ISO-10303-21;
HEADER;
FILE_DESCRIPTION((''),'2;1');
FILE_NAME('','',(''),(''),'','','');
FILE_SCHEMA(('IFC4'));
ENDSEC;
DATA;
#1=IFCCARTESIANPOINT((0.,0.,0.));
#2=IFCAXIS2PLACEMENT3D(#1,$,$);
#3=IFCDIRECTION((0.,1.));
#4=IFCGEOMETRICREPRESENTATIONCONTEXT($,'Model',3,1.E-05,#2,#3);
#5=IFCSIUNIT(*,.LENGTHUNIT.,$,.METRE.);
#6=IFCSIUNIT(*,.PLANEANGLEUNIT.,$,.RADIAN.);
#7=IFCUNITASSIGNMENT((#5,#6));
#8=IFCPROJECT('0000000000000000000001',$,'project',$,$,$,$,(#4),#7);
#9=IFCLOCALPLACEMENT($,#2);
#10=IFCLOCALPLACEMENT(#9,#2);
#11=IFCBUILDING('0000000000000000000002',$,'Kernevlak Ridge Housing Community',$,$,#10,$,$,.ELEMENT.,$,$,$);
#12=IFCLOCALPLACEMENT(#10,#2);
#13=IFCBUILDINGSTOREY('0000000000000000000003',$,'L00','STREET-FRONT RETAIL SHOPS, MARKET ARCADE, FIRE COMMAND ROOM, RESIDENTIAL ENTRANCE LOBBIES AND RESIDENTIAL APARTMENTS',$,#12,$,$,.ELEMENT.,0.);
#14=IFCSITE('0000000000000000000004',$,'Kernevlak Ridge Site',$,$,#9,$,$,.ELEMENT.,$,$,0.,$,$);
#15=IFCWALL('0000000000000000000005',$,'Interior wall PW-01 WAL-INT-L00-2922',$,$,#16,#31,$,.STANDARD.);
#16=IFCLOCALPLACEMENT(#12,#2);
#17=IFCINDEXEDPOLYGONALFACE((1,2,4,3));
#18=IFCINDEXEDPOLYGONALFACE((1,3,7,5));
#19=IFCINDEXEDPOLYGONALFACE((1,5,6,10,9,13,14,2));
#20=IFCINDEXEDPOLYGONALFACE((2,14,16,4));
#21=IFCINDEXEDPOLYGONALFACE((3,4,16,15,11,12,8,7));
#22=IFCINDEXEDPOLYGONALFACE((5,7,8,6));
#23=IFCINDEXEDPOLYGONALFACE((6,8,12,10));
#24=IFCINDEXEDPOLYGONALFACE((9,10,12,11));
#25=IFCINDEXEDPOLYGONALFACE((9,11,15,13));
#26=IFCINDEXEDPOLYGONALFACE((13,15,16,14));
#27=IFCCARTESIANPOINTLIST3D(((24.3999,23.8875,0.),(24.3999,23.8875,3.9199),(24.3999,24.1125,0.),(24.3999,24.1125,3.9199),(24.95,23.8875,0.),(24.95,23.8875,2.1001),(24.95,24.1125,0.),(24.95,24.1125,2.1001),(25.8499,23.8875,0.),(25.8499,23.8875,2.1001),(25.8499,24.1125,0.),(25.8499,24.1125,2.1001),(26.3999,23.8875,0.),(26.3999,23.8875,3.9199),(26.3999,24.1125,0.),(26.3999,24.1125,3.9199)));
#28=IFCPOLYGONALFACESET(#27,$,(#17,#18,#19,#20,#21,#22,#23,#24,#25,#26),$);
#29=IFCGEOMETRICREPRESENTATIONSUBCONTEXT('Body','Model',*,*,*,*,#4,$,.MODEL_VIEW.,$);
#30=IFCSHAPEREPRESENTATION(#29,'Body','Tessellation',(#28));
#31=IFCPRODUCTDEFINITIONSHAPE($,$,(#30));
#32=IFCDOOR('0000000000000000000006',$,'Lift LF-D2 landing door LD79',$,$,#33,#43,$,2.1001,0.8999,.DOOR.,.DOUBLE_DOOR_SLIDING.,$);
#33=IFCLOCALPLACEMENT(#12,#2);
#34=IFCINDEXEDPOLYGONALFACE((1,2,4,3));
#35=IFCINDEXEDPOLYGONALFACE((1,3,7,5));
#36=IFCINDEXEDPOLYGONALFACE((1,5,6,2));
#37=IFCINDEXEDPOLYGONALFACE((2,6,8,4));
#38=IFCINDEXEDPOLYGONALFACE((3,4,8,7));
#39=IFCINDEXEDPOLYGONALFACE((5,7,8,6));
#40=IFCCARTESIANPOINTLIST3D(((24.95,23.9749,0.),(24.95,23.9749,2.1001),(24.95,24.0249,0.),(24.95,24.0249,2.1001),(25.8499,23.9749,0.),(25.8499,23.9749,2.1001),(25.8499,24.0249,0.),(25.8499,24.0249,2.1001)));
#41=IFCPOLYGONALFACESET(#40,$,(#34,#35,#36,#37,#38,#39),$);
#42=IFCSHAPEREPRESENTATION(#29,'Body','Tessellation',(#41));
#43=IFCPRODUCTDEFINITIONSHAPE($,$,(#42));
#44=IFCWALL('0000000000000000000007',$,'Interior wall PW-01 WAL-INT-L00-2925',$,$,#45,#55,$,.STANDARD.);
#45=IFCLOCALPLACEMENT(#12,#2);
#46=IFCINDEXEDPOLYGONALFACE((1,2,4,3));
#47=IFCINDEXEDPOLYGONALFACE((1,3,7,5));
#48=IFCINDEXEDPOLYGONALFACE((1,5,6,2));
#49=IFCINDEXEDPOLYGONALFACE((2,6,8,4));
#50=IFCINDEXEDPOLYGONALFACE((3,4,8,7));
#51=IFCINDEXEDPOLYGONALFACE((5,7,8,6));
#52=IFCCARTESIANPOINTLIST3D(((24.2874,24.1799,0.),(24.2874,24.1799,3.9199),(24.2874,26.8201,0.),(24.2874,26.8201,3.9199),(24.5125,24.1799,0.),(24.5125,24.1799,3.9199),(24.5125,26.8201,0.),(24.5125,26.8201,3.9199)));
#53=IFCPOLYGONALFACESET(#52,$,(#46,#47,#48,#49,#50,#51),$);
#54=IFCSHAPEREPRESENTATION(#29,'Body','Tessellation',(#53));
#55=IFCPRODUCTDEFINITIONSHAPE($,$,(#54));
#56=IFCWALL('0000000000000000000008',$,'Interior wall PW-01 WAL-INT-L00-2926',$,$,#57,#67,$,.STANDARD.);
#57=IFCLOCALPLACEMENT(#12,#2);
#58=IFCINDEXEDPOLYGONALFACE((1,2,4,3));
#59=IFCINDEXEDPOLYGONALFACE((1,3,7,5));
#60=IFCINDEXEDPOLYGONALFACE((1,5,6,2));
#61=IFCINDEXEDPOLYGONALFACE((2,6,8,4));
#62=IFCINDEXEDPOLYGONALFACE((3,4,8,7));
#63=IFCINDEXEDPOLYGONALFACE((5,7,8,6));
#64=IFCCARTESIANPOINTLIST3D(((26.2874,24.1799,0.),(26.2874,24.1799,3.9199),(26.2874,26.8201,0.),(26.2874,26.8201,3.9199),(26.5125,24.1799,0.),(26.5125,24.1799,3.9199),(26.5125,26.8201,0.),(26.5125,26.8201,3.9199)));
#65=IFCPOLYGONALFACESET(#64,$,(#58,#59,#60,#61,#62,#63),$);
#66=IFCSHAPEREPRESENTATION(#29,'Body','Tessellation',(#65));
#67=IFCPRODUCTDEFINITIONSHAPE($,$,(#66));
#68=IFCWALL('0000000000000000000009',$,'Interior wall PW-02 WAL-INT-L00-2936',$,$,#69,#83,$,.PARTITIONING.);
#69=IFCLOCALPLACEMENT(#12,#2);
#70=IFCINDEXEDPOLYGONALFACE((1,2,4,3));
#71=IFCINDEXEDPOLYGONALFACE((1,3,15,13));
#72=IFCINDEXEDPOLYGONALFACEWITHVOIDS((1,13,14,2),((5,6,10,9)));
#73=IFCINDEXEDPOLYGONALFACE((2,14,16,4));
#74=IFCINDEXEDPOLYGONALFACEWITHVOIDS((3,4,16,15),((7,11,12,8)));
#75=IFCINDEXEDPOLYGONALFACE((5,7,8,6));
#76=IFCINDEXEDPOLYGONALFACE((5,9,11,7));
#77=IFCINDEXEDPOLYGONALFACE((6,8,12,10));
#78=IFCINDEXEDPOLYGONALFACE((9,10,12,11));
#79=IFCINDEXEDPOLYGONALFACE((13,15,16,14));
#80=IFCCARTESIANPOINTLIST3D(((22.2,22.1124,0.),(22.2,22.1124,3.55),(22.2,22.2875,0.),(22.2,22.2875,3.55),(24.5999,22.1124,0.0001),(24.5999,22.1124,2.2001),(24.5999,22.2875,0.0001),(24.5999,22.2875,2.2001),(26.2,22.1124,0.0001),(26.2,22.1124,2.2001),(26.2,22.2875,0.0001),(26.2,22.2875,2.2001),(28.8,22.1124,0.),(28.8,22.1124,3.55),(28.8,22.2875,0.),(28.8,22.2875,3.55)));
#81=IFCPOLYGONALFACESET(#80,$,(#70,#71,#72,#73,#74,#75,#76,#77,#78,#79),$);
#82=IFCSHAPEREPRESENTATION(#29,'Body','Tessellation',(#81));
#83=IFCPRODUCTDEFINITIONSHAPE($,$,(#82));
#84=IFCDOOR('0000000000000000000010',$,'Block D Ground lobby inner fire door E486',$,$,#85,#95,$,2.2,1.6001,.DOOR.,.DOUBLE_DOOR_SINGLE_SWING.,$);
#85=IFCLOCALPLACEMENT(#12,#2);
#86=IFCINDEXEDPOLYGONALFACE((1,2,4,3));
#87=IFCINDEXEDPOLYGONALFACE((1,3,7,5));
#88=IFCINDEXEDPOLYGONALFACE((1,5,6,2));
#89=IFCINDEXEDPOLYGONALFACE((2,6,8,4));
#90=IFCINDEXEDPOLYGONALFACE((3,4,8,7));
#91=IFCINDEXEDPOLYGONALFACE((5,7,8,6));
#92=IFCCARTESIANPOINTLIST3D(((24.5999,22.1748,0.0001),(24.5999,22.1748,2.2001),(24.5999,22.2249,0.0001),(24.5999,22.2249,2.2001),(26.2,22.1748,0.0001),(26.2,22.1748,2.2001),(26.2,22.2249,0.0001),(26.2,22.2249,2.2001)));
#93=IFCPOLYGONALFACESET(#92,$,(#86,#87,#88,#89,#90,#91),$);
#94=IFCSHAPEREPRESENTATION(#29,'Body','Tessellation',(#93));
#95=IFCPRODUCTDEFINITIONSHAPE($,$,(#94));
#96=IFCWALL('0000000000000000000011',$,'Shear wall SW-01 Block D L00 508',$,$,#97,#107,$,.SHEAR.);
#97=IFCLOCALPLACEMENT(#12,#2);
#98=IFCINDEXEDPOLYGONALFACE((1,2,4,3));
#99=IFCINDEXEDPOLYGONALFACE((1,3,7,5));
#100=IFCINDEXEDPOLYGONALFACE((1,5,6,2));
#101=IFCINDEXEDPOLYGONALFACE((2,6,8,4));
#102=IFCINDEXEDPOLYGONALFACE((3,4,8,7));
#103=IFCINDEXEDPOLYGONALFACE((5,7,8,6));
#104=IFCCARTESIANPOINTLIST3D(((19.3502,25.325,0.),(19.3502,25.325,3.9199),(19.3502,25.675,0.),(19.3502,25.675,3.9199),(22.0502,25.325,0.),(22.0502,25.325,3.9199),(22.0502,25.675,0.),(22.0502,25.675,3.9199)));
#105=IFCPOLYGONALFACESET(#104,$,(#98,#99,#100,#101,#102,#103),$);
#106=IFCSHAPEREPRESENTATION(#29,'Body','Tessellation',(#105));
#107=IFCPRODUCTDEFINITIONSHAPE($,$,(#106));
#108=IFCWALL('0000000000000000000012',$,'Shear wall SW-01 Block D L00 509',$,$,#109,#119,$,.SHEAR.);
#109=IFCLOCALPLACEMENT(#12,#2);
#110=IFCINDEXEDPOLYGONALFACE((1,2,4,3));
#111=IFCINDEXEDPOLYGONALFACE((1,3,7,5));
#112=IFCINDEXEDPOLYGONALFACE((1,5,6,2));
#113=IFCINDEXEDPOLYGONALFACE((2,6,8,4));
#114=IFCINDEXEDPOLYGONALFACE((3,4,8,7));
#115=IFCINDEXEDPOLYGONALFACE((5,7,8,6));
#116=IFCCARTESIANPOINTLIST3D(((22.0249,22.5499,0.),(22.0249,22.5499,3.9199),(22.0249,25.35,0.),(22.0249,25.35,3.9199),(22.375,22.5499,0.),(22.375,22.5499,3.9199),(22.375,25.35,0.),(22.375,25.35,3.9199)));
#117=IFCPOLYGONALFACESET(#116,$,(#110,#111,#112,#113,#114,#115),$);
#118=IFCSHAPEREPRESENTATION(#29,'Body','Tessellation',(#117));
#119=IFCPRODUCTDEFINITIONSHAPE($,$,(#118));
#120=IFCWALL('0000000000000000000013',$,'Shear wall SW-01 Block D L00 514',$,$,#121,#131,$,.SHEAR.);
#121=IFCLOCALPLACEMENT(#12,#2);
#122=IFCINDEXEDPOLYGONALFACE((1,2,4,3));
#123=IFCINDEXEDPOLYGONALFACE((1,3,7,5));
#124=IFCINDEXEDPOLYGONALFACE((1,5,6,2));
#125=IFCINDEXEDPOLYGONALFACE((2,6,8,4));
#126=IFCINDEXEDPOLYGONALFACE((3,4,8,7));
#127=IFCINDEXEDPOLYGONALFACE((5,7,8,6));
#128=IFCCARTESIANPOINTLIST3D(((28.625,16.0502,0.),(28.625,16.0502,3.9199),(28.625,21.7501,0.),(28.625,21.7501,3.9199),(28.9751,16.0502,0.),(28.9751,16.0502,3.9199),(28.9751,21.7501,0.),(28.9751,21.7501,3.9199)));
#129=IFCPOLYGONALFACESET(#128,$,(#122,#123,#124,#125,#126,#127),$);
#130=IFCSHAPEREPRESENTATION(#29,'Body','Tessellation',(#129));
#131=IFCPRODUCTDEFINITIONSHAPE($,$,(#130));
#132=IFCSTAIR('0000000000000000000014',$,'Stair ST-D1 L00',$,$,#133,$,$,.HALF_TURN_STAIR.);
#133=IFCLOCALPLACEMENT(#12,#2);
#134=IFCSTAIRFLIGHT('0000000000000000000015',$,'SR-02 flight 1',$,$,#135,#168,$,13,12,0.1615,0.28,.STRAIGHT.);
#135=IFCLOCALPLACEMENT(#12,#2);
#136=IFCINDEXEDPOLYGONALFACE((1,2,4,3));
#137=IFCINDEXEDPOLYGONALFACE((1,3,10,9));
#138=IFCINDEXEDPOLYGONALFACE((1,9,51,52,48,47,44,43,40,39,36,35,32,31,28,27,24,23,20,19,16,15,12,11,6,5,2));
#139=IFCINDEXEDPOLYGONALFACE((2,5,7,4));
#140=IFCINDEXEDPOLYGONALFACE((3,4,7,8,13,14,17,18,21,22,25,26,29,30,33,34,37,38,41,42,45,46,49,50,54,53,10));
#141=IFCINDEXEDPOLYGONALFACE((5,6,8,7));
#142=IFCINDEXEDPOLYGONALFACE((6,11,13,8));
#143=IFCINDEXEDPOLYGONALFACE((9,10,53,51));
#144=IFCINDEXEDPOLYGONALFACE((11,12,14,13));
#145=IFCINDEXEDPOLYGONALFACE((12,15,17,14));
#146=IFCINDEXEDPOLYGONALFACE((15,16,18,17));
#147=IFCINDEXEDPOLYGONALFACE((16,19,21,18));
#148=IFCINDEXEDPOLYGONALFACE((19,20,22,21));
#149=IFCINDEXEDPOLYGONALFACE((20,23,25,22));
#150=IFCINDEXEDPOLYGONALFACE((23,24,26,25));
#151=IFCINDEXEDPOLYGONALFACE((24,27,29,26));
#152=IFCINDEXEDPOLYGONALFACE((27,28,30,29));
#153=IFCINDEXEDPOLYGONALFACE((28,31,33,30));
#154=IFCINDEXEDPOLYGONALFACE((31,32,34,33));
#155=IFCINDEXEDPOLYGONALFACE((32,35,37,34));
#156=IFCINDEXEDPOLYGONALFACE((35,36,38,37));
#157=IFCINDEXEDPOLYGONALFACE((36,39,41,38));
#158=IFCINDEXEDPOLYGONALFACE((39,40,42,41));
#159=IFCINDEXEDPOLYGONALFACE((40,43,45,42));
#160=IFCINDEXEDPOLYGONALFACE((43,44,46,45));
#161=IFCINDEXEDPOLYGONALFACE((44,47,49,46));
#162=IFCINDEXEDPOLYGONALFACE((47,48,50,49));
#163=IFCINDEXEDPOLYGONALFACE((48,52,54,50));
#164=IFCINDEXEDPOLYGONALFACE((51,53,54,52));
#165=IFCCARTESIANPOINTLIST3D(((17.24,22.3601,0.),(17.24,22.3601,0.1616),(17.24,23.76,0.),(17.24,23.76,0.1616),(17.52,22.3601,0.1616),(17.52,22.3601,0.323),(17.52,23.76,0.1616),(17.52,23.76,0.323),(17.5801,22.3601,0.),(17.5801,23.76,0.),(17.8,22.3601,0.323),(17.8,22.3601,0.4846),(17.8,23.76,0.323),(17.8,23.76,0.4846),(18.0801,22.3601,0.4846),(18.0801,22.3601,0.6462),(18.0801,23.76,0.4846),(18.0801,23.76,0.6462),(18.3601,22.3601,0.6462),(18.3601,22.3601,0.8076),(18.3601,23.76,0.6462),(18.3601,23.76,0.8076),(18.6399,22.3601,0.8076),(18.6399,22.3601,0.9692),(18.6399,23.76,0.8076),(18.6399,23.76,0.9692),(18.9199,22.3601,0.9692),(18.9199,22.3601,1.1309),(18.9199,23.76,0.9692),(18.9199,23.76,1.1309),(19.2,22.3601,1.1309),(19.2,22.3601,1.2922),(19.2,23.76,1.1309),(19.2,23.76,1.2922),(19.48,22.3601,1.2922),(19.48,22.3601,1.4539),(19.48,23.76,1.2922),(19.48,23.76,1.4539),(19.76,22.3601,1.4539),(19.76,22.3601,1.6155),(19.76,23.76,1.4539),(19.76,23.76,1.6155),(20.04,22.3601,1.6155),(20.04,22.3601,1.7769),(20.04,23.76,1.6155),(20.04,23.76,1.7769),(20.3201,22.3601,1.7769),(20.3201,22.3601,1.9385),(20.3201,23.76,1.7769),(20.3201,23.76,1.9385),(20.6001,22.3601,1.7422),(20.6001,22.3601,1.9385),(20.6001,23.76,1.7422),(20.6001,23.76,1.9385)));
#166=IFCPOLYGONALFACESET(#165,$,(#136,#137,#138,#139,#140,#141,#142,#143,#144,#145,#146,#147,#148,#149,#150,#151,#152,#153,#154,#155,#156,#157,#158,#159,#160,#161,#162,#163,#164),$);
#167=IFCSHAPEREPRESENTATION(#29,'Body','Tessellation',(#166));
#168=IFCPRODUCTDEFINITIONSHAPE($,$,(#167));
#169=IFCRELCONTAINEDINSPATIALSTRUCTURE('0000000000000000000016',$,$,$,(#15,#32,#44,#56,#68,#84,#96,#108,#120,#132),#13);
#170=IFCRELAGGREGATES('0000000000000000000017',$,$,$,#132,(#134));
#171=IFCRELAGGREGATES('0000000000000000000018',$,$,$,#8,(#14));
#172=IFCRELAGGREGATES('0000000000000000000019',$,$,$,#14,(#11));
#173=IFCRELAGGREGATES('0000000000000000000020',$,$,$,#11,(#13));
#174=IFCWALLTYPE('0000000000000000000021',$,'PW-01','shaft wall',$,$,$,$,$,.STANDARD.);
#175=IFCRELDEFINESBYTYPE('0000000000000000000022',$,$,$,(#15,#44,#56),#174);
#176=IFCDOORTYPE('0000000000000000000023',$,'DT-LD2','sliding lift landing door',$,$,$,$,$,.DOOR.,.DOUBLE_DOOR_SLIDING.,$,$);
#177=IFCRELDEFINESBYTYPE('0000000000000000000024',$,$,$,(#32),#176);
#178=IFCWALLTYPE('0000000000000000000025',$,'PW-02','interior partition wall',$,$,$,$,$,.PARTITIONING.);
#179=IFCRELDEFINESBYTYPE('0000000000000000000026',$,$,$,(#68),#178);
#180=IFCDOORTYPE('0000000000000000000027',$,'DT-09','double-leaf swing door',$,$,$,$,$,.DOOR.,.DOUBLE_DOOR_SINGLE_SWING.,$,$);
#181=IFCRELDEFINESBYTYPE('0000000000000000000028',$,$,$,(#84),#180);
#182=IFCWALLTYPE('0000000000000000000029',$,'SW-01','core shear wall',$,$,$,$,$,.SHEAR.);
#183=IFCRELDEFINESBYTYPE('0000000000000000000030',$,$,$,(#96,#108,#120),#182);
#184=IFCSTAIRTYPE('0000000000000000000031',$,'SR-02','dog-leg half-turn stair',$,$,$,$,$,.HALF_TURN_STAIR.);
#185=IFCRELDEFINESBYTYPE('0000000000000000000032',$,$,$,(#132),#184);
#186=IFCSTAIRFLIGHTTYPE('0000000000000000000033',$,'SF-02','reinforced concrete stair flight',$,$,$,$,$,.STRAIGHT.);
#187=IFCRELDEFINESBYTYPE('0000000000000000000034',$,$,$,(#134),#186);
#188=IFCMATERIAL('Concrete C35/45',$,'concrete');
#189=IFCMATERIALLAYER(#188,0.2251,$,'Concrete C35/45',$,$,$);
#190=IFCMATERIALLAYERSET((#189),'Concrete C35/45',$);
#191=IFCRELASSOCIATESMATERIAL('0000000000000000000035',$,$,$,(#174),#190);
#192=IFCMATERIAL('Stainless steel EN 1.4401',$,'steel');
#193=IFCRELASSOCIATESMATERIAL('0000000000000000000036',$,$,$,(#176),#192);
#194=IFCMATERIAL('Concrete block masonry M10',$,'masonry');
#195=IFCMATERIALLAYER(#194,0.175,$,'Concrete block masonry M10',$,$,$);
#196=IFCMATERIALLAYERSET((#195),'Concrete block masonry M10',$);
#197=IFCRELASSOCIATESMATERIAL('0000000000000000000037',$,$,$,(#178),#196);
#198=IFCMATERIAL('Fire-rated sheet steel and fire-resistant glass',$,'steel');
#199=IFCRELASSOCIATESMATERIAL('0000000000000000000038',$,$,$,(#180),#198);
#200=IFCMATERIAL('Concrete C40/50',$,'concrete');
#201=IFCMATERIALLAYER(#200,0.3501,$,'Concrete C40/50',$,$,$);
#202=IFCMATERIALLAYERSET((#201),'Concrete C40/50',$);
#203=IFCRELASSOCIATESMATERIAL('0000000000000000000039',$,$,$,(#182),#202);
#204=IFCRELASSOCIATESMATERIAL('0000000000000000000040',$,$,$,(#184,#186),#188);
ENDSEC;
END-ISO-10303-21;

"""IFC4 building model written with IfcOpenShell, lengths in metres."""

from ifc_helpers import new_model, si_unit, direction, frame, frame_2d, origin, place, context, subcontext, project, spatial, polyline, rectangle, outline, extrude, material, layer, layer_set, type_object, element, fill, aggregate, save


model = new_model("IFC4")

# Units and contexts
model_context = context("Model", 3, precision=1e-05, world=origin(), true_north=direction((0.0, 1.0)))
body_context = subcontext(model_context, "Body", "Model", "MODEL_VIEW")
ifc_project = project(units=[si_unit("LENGTHUNIT", "METRE"), si_unit("PLANEANGLEUNIT", "RADIAN")], contexts=[model_context])

# Site, building, storey
site_placement = place(None, origin())
site = spatial("IfcSite", under=ifc_project, at=site_placement, Name="Kernevlak Ridge Site", CompositionType="ELEMENT", RefElevation=0.0)
building_placement = place(site_placement, origin())
building = spatial("IfcBuilding", under=site, at=building_placement, Name="Kernevlak Ridge Housing Community", CompositionType="ELEMENT")
storey_placement = place(building_placement, origin())
storey = spatial("IfcBuildingStorey", under=building, at=storey_placement, Name="L00", Description="STREET-FRONT RETAIL SHOPS, MARKET ARCADE, FIRE COMMAND ROOM, RESIDENTIAL ENTRANCE LOBBIES AND RESIDENTIAL APARTMENTS", CompositionType="ELEMENT", Elevation=0.0)

# Shared definitions
ifc_material_1 = material(Name="Concrete C35/45", Category="concrete")

# Wall, opening, door
ifc_material_2 = material(Name="Concrete block masonry M10", Category="masonry")
ifc_layer_1 = layer(ifc_material_1, 0.2251, Name="Concrete C35/45")
ifc_layer_set_1 = layer_set([ifc_layer_1], Name="Concrete C35/45")
wall_type_1 = type_object("IfcWallType", Name="PW-01", Description="shaft wall", PredefinedType="STANDARD", material=ifc_layer_set_1)
ifc_material_3 = material(Name="Stainless steel EN 1.4401", Category="steel")
wall_1_placement = place(storey_placement, frame((24.3999, 24.0, 0.0), z_axis=(0.0, 0.0, 1.0), x_axis=(1.0, 0.0, 0.0)))
wall_1 = element("IfcWall", 1, at=wall_1_placement, inside=storey, type_object=wall_type_1, Name="Interior wall PW-01 WAL-INT-L00-2922", PredefinedType="STANDARD", context=body_context, shape_type="SweptSolid", body=[
    extrude(rectangle(XDim=2.0, YDim=0.2251, at=frame_2d((1.0, 0.0))), origin(), (0.0, 0.0, 1.0), 3.9199),
])
opening_1_placement = place(wall_1_placement, frame((0.55, 0.0, 0.0)))
opening_1 = element("IfcOpeningElement", 2, at=opening_1_placement, cuts=wall_1, PredefinedType="OPENING", context=body_context, shape_type="SweptSolid", body=[
    extrude(rectangle(XDim=0.8999, YDim=2.1001, at=frame_2d((0.45, 1.05))), frame((0.0, 0.1226, 0.0), z_axis=(0.0, -1.0, 0.0), x_axis=(1.0, 0.0, 0.0)), (0.0, 0.0, 1.0), 0.2451),
])
door_type_1 = type_object("IfcDoorType", Name="DT-LD2", Description="sliding lift landing door", OperationType="DOUBLE_DOOR_SLIDING", PredefinedType="DOOR", material=ifc_material_3)
door_1_placement = place(opening_1_placement, origin())
door_1 = element("IfcDoor", 3, at=door_1_placement, inside=storey, type_object=door_type_1, Name="Lift LF-D2 landing door LD79", OperationType="DOUBLE_DOOR_SLIDING", OverallHeight=2.1001, OverallWidth=0.8999, PredefinedType="DOOR", context=body_context, shape_type="SweptSolid", body=[
    extrude(rectangle(XDim=0.8999, YDim=2.1001, at=frame_2d((0.45, 1.05))), frame((0.0, 0.0249, 0.0), z_axis=(0.0, -1.0, 0.0), x_axis=(1.0, 0.0, 0.0)), (0.0, 0.0, 1.0), 0.05),
])
fill(opening_1, door_1)

# Walls
for number, where, z_axis, x_axis, name in (
    (4, (24.3999, 24.1799, 0.0), (0.0, 0.0, 1.0), (0.0, 1.0, 0.0), "Interior wall PW-01 WAL-INT-L00-2925"),
    (5, (26.3999, 24.1799, 0.0), (0.0, 0.0, 1.0), (0.0, 1.0, 0.0), "Interior wall PW-01 WAL-INT-L00-2926"),
):
    element("IfcWall", number, at=place(storey_placement, frame(where, z_axis=z_axis, x_axis=x_axis)), inside=storey, type_object=wall_type_1, Name=name, PredefinedType="STANDARD", context=body_context, shape_type="SweptSolid", body=[
        extrude(rectangle(XDim=2.6401, YDim=0.2251, at=frame_2d((1.3201, 0.0))), origin(), (0.0, 0.0, 1.0), 3.9199),
    ])

# Wall, opening, door
ifc_layer_2 = layer(ifc_material_2, 0.175, Name="Concrete block masonry M10")
ifc_layer_set_2 = layer_set([ifc_layer_2], Name="Concrete block masonry M10")
wall_type_2 = type_object("IfcWallType", Name="PW-02", Description="interior partition wall", PredefinedType="PARTITIONING", material=ifc_layer_set_2)
wall_2_placement = place(storey_placement, frame((22.2, 22.2, 0.0), z_axis=(0.0, 0.0, 1.0), x_axis=(1.0, 0.0, 0.0)))
wall_2 = element("IfcWall", 6, at=wall_2_placement, inside=storey, type_object=wall_type_2, Name="Interior wall PW-02 WAL-INT-L00-2936", PredefinedType="PARTITIONING", context=body_context, shape_type="SweptSolid", body=[
    extrude(rectangle(XDim=6.6001, YDim=0.175, at=frame_2d((3.3, 0.0))), origin(), (0.0, 0.0, 1.0), 3.55),
])
opening_2_placement = place(wall_2_placement, frame((2.3999, 0.0, 0.0)))
opening_2 = element("IfcOpeningElement", 7, at=opening_2_placement, cuts=wall_2, PredefinedType="OPENING", context=body_context, shape_type="SweptSolid", body=[
    extrude(rectangle(XDim=1.6001, YDim=2.2, at=frame_2d((0.8, 1.1001))), frame((0.0, 0.0974, 0.0), z_axis=(0.0, -1.0, 0.0), x_axis=(1.0, 0.0, 0.0)), (0.0, 0.0, 1.0), 0.1951),
])
ifc_material_4 = material(Name="Fire-rated sheet steel and fire-resistant glass", Category="steel")
door_type_2 = type_object("IfcDoorType", Name="DT-09", Description="double-leaf swing door", OperationType="DOUBLE_DOOR_SINGLE_SWING", PredefinedType="DOOR", material=ifc_material_4)
door_2_placement = place(opening_2_placement, origin())
door_2 = element("IfcDoor", 8, at=door_2_placement, inside=storey, type_object=door_type_2, Name="Block D Ground lobby inner fire door E486", OperationType="DOUBLE_DOOR_SINGLE_SWING", OverallHeight=2.2, OverallWidth=1.6001, PredefinedType="DOOR", context=body_context, shape_type="SweptSolid", body=[
    extrude(rectangle(XDim=1.6001, YDim=2.2, at=frame_2d((0.8, 1.1001))), frame((0.0, 0.0249, 0.0), z_axis=(0.0, -1.0, 0.0), x_axis=(1.0, 0.0, 0.0)), (0.0, 0.0, 1.0), 0.05),
])
fill(opening_2, door_2)

# Walls
ifc_material_5 = material(Name="Concrete C40/50", Category="concrete")
ifc_layer_3 = layer(ifc_material_5, 0.3501, Name="Concrete C40/50")
ifc_layer_set_3 = layer_set([ifc_layer_3], Name="Concrete C40/50")
wall_type_3 = type_object("IfcWallType", Name="SW-01", Description="core shear wall", PredefinedType="SHEAR", material=ifc_layer_set_3)
wall_3_placement = place(storey_placement, frame((19.3501, 25.5, 0.0), z_axis=(0.0, 0.0, 1.0), x_axis=(1.0, 0.0, 0.0)))
element("IfcWall", 9, at=wall_3_placement, inside=storey, type_object=wall_type_3, Name="Shear wall SW-01 Block D L00 508", PredefinedType="SHEAR", context=body_context, shape_type="SweptSolid", body=[
    extrude(rectangle(XDim=2.7, YDim=0.3501, at=frame_2d((1.3501, 0.0))), origin(), (0.0, 0.0, 1.0), 3.9199),
])
wall_4_placement = place(storey_placement, frame((22.2, 22.55, 0.0), z_axis=(0.0, 0.0, 1.0), x_axis=(0.0, 1.0, 0.0)))
element("IfcWall", 10, at=wall_4_placement, inside=storey, type_object=wall_type_3, Name="Shear wall SW-01 Block D L00 509", PredefinedType="SHEAR", context=body_context, shape_type="SweptSolid", body=[
    extrude(rectangle(XDim=2.8, YDim=0.3501, at=frame_2d((1.3999, 0.0))), origin(), (0.0, 0.0, 1.0), 3.9199),
])
wall_5_placement = place(storey_placement, frame((28.8, 16.05, 0.0), z_axis=(0.0, 0.0, 1.0), x_axis=(0.0, 1.0, 0.0)))
element("IfcWall", 11, at=wall_5_placement, inside=storey, type_object=wall_type_3, Name="Shear wall SW-01 Block D L00 514", PredefinedType="SHEAR", context=body_context, shape_type="SweptSolid", body=[
    extrude(rectangle(XDim=5.7, YDim=0.3501, at=frame_2d((2.8501, 0.0))), origin(), (0.0, 0.0, 1.0), 3.9199),
])

# Stair, stair flight
stair_type = type_object("IfcStairType", Name="SR-02", Description="dog-leg half-turn stair", PredefinedType="HALF_TURN_STAIR", material=ifc_material_1)
stair_placement = place(storey_placement, origin())
stair = element("IfcStair", 12, at=stair_placement, inside=storey, type_object=stair_type, Name="Stair ST-D1 L00", PredefinedType="HALF_TURN_STAIR")
stair_flight_type = type_object("IfcStairFlightType", Name="SF-02", Description="reinforced concrete stair flight", PredefinedType="STRAIGHT", material=ifc_material_1)
stair_flight_1_placement = place(storey_placement, frame((17.24, 23.0601, 0.0), z_axis=(0.0, 0.0, 1.0), x_axis=(1.0, 0.0, 0.0)))
stair_flight_1 = element("IfcStairFlight", 13, at=stair_flight_1_placement, type_object=stair_flight_type, Name="SR-02 flight 1", NumberOfRisers=13, NumberOfTreads=12, PredefinedType="STRAIGHT", RiserHeight=0.1615, TreadLength=0.28, context=body_context, shape_type="SweptSolid", body=[
    extrude(outline(polyline([(0.0, 0.0), (0.0, 0.1616), (0.28, 0.1616), (0.28, 0.323), (0.5601, 0.323), (0.5601, 0.4846), (0.8401, 0.4846), (0.8401, 0.6462), (1.1201, 0.6462), (1.1201, 0.8076), (1.3999, 0.8076), (1.3999, 0.9692), (1.6799, 0.9692), (1.6799, 1.1309), (1.96, 1.1309), (1.96, 1.2922), (2.24, 1.2922), (2.24, 1.4539), (2.52, 1.4539), (2.52, 1.6155), (2.8, 1.6155), (2.8, 1.7769), (3.0801, 1.7769), (3.0801, 1.9385), (3.3601, 1.9385), (3.3601, 2.1001), (3.3601, 1.7422), (0.3401, 0.0), (0.0, 0.0)])), frame((0.0, 0.7, 0.0), z_axis=(0.0, -1.0, 0.0), x_axis=(1.0, 0.0, 0.0)), (0.0, 0.0, 1.0), 1.3999),
])
aggregate(stair, [stair_flight_1])

save(model, "model.ifc")
